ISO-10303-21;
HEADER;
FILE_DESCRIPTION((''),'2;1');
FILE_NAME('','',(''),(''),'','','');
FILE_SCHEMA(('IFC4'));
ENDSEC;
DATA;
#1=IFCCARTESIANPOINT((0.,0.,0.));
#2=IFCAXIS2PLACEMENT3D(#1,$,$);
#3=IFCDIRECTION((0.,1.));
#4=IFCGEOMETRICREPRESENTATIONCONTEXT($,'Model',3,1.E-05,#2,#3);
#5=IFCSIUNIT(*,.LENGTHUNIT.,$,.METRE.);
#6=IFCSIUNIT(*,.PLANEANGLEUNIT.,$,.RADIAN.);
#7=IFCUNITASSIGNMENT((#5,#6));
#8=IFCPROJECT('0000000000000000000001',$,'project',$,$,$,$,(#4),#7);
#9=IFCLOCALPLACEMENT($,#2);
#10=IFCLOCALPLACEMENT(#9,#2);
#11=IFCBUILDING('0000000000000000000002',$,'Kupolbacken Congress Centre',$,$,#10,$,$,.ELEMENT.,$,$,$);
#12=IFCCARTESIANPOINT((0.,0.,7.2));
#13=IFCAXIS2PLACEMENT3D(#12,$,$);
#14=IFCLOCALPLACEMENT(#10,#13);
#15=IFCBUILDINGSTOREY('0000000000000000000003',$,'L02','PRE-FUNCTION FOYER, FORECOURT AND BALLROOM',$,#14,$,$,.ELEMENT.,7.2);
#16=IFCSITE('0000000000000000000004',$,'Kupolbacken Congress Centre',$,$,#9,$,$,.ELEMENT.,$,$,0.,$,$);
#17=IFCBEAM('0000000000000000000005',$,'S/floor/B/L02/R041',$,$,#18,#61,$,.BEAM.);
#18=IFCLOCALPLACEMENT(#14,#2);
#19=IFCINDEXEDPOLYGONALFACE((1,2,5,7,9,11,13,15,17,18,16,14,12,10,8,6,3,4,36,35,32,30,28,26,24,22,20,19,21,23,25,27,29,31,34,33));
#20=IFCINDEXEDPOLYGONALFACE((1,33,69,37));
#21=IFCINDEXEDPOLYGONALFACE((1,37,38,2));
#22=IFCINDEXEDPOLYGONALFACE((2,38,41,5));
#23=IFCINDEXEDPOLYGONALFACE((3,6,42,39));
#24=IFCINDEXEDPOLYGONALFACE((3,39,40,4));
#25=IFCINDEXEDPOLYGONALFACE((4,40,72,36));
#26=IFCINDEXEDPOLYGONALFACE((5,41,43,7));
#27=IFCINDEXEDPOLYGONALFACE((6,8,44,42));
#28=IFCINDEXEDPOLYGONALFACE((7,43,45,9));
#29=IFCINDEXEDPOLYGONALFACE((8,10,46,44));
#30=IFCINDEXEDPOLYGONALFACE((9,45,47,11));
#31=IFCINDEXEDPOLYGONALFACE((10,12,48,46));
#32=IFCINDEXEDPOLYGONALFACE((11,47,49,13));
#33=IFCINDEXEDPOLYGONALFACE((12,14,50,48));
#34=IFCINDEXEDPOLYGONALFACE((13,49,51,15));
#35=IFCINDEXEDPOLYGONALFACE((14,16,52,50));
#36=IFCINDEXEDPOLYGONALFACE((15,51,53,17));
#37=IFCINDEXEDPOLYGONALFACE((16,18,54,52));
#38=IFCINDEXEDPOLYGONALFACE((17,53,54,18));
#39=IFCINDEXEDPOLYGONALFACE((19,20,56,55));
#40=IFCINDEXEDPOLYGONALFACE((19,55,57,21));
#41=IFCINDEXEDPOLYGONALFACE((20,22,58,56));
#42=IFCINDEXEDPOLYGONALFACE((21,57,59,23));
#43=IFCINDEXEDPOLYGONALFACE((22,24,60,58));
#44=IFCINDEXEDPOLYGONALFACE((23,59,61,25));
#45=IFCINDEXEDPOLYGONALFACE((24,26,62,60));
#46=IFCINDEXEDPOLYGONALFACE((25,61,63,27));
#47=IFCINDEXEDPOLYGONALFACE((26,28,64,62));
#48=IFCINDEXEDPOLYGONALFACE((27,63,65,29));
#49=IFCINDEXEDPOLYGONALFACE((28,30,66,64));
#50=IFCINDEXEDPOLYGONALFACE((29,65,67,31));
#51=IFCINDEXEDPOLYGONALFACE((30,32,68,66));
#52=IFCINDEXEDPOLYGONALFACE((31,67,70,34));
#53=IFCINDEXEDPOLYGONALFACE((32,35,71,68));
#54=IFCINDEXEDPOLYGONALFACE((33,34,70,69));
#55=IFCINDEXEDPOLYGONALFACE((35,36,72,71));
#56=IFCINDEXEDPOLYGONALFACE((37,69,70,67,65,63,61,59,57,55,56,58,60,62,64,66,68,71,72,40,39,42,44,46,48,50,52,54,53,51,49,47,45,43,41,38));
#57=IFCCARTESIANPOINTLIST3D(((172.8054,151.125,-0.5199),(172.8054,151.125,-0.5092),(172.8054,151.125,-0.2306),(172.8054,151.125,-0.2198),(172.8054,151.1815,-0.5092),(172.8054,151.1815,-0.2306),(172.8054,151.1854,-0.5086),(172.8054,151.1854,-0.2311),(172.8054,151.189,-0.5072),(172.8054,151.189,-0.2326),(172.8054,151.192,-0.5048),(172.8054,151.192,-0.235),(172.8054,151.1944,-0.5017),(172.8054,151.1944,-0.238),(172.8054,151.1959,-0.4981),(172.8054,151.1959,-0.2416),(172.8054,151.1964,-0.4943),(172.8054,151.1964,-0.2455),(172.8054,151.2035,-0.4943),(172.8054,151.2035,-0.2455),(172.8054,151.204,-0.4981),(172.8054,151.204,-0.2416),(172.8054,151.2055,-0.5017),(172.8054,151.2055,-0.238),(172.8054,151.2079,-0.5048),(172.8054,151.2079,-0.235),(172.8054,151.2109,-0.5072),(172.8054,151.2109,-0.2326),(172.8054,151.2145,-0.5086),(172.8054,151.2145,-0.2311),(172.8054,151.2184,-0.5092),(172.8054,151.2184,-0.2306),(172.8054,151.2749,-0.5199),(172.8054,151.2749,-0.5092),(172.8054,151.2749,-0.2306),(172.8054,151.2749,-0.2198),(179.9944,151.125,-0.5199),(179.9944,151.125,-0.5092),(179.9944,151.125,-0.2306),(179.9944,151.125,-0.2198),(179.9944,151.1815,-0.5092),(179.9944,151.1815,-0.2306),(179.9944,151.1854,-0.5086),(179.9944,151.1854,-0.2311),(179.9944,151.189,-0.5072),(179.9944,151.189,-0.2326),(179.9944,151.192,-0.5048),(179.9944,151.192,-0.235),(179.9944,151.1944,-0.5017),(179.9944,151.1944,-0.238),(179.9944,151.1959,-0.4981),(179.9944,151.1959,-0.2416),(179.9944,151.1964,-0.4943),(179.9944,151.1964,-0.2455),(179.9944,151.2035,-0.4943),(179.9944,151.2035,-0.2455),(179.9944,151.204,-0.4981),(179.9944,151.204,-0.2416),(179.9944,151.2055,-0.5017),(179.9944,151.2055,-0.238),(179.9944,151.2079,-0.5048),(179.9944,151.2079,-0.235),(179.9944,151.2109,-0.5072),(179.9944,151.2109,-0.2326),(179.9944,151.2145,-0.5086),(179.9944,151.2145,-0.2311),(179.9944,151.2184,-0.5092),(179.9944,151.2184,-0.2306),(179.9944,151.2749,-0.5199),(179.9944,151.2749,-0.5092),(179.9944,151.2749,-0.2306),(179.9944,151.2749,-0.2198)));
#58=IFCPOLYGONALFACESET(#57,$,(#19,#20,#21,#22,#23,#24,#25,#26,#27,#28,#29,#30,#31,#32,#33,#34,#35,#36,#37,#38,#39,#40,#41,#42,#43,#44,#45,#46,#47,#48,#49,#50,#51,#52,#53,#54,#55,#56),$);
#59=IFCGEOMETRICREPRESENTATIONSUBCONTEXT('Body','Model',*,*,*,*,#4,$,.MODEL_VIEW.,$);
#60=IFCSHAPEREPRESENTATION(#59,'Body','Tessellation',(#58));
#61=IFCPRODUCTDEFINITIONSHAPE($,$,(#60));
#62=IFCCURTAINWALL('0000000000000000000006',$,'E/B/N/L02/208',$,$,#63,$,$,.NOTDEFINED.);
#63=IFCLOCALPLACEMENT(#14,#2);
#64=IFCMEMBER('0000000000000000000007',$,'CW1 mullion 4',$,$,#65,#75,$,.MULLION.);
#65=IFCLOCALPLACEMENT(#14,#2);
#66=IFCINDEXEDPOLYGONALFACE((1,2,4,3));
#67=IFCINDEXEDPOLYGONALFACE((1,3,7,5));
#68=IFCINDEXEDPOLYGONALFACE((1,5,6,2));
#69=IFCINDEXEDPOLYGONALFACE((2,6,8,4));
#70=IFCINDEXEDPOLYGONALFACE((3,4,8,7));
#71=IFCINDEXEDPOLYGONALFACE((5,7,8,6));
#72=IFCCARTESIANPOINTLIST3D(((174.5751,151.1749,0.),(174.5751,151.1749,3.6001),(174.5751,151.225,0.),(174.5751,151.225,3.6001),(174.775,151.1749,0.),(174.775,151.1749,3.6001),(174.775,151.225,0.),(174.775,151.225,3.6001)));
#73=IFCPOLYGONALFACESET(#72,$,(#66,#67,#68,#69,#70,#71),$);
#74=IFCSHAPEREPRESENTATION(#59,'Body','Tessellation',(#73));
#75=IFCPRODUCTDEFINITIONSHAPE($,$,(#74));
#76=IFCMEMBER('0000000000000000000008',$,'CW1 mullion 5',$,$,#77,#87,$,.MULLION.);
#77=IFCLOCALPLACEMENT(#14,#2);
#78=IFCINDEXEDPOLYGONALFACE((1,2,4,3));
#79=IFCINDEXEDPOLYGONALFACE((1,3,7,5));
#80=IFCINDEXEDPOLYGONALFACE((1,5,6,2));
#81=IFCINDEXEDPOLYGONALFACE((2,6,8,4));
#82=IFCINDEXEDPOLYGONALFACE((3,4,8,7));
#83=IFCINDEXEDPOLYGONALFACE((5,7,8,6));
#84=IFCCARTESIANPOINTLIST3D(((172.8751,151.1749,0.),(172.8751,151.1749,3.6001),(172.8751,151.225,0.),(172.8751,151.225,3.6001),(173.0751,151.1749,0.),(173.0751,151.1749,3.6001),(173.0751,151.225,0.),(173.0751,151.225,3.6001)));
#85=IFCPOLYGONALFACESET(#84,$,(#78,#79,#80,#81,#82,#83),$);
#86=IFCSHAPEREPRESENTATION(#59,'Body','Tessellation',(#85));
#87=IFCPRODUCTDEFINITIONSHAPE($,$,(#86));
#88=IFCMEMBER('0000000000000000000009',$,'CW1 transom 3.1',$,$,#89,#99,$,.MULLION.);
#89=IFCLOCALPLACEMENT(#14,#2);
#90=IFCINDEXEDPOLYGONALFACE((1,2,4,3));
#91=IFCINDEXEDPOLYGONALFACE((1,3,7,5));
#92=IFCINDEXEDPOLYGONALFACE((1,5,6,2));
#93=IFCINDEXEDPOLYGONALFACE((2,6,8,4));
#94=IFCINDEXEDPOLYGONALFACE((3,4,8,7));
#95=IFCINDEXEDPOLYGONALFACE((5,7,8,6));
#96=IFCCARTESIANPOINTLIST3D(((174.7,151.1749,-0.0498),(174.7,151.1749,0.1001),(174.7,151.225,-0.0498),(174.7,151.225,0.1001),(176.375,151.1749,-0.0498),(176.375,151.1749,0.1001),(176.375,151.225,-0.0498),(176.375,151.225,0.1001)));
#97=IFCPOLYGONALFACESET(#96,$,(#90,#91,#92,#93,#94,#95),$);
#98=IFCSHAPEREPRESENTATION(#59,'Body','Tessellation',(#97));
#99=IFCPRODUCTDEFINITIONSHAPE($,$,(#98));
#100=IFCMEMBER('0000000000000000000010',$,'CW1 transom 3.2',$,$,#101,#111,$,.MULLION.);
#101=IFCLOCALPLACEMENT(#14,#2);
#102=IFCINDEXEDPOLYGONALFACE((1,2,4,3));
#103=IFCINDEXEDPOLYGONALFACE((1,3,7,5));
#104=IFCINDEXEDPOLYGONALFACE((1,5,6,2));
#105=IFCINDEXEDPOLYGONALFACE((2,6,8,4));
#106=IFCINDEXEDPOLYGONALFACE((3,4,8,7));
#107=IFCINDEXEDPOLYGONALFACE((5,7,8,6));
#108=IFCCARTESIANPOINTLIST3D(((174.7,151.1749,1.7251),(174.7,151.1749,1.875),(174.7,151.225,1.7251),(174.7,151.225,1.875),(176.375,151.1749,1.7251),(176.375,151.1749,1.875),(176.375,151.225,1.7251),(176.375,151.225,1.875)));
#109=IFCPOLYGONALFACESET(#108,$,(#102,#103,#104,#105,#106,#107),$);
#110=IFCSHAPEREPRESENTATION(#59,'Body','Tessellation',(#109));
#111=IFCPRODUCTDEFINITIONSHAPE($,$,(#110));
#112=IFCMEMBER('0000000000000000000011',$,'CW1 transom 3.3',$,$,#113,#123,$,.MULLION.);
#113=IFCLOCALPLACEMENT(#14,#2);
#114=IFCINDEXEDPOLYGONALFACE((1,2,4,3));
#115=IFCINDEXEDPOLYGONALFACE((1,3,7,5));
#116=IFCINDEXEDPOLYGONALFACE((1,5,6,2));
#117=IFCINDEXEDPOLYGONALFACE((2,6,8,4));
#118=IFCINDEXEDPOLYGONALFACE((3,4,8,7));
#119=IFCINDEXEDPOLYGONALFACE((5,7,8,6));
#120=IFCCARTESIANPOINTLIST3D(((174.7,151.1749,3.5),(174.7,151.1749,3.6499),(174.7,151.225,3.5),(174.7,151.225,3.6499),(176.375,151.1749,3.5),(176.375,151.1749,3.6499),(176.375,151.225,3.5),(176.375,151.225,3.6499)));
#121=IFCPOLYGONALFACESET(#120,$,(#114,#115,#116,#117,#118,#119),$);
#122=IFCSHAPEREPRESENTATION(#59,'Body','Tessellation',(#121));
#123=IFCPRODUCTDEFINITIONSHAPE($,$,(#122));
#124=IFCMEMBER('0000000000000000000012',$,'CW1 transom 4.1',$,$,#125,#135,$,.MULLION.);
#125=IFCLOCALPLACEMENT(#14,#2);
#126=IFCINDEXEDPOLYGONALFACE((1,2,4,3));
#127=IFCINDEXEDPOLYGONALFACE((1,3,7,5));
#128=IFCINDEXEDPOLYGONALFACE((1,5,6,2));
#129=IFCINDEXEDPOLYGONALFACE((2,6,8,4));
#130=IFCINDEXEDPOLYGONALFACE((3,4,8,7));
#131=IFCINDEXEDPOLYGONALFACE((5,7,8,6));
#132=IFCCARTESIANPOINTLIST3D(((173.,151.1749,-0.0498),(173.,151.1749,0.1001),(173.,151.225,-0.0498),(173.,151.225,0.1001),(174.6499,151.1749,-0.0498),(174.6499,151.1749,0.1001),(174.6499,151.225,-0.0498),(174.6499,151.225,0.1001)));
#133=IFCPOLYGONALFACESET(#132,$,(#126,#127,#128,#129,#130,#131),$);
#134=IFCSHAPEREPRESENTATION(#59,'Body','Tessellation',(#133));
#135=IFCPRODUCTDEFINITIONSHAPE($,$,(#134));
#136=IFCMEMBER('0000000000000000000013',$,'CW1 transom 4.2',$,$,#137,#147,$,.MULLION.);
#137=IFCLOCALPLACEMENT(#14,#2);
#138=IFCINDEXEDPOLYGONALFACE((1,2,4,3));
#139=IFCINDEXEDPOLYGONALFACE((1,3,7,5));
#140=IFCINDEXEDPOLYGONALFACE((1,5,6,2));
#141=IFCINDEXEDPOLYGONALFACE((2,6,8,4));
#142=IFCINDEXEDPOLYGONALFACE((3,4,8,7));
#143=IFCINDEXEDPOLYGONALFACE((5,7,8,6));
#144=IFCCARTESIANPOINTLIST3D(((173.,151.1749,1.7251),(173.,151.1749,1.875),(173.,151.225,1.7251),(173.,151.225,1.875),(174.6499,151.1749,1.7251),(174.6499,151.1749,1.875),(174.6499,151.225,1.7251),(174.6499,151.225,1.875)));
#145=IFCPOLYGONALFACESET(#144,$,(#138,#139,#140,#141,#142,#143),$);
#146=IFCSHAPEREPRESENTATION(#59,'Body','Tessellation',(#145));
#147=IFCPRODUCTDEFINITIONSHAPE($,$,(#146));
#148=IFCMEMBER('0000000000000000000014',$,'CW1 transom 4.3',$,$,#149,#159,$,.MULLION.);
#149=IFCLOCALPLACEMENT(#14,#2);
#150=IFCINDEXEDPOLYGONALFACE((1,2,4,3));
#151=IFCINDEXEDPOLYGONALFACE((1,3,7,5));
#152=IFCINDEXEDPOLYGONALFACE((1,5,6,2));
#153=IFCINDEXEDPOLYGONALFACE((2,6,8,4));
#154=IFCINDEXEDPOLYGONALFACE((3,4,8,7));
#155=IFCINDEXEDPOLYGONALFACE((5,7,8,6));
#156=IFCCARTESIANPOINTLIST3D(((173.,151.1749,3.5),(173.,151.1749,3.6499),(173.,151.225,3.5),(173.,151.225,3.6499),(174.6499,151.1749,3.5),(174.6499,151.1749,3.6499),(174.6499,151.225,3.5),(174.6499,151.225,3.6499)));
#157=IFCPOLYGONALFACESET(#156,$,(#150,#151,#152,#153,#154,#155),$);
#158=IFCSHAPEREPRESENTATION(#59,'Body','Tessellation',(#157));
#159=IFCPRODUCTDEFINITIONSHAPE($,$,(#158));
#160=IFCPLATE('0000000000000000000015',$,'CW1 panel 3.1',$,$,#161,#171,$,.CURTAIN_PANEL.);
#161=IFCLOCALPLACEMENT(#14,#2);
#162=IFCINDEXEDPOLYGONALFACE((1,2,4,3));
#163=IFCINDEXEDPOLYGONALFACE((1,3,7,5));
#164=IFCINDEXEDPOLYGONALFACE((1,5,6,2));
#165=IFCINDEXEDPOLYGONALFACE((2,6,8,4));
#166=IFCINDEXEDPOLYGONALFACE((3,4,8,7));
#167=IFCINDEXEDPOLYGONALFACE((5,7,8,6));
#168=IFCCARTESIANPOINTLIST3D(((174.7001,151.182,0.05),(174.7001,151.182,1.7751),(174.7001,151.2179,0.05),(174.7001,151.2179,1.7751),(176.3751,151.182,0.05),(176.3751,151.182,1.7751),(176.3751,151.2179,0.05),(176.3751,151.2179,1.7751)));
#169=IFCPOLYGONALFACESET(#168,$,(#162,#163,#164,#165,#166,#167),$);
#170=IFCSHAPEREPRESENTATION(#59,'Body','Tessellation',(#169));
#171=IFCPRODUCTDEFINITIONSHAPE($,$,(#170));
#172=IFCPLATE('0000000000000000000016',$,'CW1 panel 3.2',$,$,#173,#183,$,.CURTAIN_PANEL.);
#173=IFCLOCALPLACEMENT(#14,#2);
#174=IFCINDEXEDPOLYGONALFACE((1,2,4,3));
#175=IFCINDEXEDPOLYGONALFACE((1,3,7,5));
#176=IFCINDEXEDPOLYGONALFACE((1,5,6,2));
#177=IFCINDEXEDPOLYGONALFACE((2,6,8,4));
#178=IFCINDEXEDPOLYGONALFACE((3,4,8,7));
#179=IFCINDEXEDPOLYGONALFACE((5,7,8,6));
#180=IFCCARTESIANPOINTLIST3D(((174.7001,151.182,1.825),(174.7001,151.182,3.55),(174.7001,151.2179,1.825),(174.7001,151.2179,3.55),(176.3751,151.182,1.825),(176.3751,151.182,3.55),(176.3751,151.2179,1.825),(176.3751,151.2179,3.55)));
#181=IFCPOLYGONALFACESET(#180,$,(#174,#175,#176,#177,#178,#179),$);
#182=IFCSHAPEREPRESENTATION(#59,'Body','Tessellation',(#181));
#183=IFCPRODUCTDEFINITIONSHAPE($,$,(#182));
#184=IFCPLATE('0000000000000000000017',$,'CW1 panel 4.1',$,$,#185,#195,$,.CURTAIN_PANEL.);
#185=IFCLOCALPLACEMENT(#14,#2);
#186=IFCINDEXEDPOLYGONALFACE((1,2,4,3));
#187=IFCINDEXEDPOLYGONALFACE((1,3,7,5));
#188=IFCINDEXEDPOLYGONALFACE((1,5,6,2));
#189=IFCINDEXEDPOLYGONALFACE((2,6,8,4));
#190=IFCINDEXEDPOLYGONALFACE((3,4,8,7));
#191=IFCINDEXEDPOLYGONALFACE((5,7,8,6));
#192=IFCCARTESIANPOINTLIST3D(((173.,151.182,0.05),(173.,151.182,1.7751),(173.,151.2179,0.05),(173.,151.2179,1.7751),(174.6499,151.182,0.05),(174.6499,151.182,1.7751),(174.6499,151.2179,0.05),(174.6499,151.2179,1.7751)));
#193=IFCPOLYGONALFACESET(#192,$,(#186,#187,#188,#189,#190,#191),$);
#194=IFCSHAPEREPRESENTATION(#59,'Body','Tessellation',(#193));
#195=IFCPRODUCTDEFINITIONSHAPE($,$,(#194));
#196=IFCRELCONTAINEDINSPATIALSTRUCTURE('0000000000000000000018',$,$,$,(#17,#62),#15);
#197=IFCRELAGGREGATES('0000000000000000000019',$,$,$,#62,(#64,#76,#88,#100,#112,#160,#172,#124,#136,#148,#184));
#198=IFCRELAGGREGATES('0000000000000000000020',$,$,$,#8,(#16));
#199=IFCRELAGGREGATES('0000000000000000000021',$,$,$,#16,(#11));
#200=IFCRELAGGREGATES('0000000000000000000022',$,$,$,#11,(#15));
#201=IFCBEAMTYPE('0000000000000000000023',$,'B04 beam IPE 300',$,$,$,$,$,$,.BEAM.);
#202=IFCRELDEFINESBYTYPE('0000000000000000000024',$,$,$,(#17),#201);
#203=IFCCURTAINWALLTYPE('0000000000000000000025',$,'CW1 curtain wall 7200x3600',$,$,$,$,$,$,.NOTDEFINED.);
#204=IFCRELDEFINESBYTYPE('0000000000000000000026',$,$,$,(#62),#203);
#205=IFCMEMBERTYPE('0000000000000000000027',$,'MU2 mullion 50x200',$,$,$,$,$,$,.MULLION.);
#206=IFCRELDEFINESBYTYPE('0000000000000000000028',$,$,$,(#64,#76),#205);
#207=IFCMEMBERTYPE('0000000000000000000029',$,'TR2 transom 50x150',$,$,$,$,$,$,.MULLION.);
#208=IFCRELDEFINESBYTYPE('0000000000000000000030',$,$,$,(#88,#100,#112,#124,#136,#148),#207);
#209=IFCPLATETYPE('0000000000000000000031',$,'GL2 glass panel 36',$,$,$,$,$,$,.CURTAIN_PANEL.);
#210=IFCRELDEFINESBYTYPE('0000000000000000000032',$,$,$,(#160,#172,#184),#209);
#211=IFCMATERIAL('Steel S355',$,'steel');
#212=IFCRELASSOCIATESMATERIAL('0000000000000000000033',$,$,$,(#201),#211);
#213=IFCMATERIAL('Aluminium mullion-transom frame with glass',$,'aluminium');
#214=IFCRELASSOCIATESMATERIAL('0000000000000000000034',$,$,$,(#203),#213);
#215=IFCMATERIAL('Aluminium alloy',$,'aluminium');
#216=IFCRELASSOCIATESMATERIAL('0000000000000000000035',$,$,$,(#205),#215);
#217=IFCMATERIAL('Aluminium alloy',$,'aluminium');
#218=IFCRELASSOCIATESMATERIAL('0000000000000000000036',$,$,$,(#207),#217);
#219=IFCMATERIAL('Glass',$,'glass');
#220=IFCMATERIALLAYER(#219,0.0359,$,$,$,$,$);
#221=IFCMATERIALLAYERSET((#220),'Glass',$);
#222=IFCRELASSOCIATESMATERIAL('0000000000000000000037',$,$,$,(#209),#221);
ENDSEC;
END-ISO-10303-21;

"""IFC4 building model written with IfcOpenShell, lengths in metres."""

from ifc_helpers import new_model, si_unit, direction, frame, origin, origin_2d, place, context, subcontext, project, spatial, rectangle, i_section, extrude, material, layer, layer_set, material_profile, profile_set, type_object, element, aggregate, save


model = new_model("IFC4")

# Units and contexts
model_context = context("Model", 3, precision=1e-05, world=origin(), true_north=direction((0.0, 1.0)))
body_context = subcontext(model_context, "Body", "Model", "MODEL_VIEW")
ifc_project = project(units=[si_unit("LENGTHUNIT", "METRE"), si_unit("PLANEANGLEUNIT", "RADIAN")], contexts=[model_context])

# Site, building, storey
site_placement = place(None, origin())
site = spatial("IfcSite", under=ifc_project, at=site_placement, Name="Kupolbacken Congress Centre", CompositionType="ELEMENT", RefElevation=0.0)
building_placement = place(site_placement, origin())
building = spatial("IfcBuilding", under=site, at=building_placement, Name="Kupolbacken Congress Centre", CompositionType="ELEMENT")
storey_placement = place(building_placement, frame((0.0, 0.0, 7.2)))
storey = spatial("IfcBuildingStorey", under=building, at=storey_placement, Name="L02", Description="PRE-FUNCTION FOYER, FORECOURT AND BALLROOM", CompositionType="ELEMENT", Elevation=7.2)

# Beam
ifc_material_1 = material(Name="Steel S355", Category="steel")
ifc_material_profile_1 = material_profile(ifc_material_1, i_section(OverallWidth=0.1499, OverallDepth=0.3, WebThickness=0.0071, FlangeThickness=0.0107, FilletRadius=0.0149, at=origin_2d()), Name="IPE 300")
ifc_profile_set_1 = profile_set([ifc_material_profile_1], Name="Steel S355")
beam_type = type_object("IfcBeamType", Name="B04 beam IPE 300", PredefinedType="BEAM", material=ifc_profile_set_1)
beam_placement = place(storey_placement, frame((172.8054, 151.2, -0.3699), z_axis=(1.0, 0.0, 0.0), x_axis=(0.0, 1.0, 0.0)))
element("IfcBeam", 1, at=beam_placement, inside=storey, type_object=beam_type, Name="S/floor/B/L02/R041", PredefinedType="BEAM", context=body_context, shape_type="SweptSolid", body=[
    extrude(i_section(OverallWidth=0.1499, OverallDepth=0.3, WebThickness=0.0071, FlangeThickness=0.0107, FilletRadius=0.0149, at=origin_2d()), origin(), (0.0, 0.0, 1.0), 7.189),
])

# Curtain wall, members, plates
ifc_material_2 = material(Name="Aluminium mullion-transom frame with glass", Category="aluminium")
curtain_wall_type = type_object("IfcCurtainWallType", Name="CW1 curtain wall 7200x3600", PredefinedType="NOTDEFINED", material=ifc_material_2)
curtain_wall_placement = place(storey_placement, origin())
curtain_wall = element("IfcCurtainWall", 2, at=curtain_wall_placement, inside=storey, type_object=curtain_wall_type, Name="E/B/N/L02/208", PredefinedType="NOTDEFINED")
ifc_material_3 = material(Name="Aluminium alloy", Category="aluminium")
ifc_material_profile_2 = material_profile(ifc_material_3, rectangle(XDim=0.05, YDim=0.2, at=origin_2d()), Name="50 x 200")
ifc_profile_set_2 = profile_set([ifc_material_profile_2], Name="Aluminium alloy")
member_type_1 = type_object("IfcMemberType", Name="MU2 mullion 50x200", PredefinedType="MULLION", material=ifc_profile_set_2)
member_1_placement = place(storey_placement, frame((174.675, 151.2, 0.0), z_axis=(0.0, 0.0, 1.0), x_axis=(0.0, -1.0, 0.0)))
member_1 = element("IfcMember", 3, at=member_1_placement, type_object=member_type_1, Name="CW1 mullion 4", PredefinedType="MULLION", context=body_context, shape_type="SweptSolid", body=[
    extrude(rectangle(XDim=0.05, YDim=0.2, at=origin_2d()), origin(), (0.0, 0.0, 1.0), 3.6001),
])
member_2_placement = place(storey_placement, frame((172.9751, 151.2, 0.0), z_axis=(0.0, 0.0, 1.0), x_axis=(0.0, -1.0, 0.0)))
member_2 = element("IfcMember", 4, at=member_2_placement, type_object=member_type_1, Name="CW1 mullion 5", PredefinedType="MULLION", context=body_context, shape_type="SweptSolid", body=[
    extrude(rectangle(XDim=0.05, YDim=0.2, at=origin_2d()), origin(), (0.0, 0.0, 1.0), 3.6001),
])
ifc_material_4 = material(Name="Aluminium alloy", Category="aluminium")
ifc_material_profile_3 = material_profile(ifc_material_4, rectangle(XDim=0.05, YDim=0.1499, at=origin_2d()), Name="50 x 150")
ifc_profile_set_3 = profile_set([ifc_material_profile_3], Name="Aluminium alloy")
member_type_2 = type_object("IfcMemberType", Name="TR2 transom 50x150", PredefinedType="MULLION", material=ifc_profile_set_3)
member_3_placement = place(storey_placement, frame((176.375, 151.2, 0.0251), z_axis=(-1.0, 0.0, 0.0), x_axis=(0.0, -1.0, 0.0)))
member_3 = element("IfcMember", 5, at=member_3_placement, type_object=member_type_2, Name="CW1 transom 3.1", PredefinedType="MULLION", context=body_context, shape_type="SweptSolid", body=[
    extrude(rectangle(XDim=0.05, YDim=0.1499, at=origin_2d()), origin(), (0.0, 0.0, 1.0), 1.675),
])
member_4_placement = place(storey_placement, frame((176.375, 151.2, 1.8), z_axis=(-1.0, 0.0, 0.0), x_axis=(0.0, -1.0, 0.0)))
member_4 = element("IfcMember", 6, at=member_4_placement, type_object=member_type_2, Name="CW1 transom 3.2", PredefinedType="MULLION", context=body_context, shape_type="SweptSolid", body=[
    extrude(rectangle(XDim=0.05, YDim=0.1499, at=origin_2d()), origin(), (0.0, 0.0, 1.0), 1.675),
])
member_5_placement = place(storey_placement, frame((176.375, 151.2, 3.575), z_axis=(-1.0, 0.0, 0.0), x_axis=(0.0, -1.0, 0.0)))
member_5 = element("IfcMember", 7, at=member_5_placement, type_object=member_type_2, Name="CW1 transom 3.3", PredefinedType="MULLION", context=body_context, shape_type="SweptSolid", body=[
    extrude(rectangle(XDim=0.05, YDim=0.1499, at=origin_2d()), origin(), (0.0, 0.0, 1.0), 1.675),
])
member_6_placement = place(storey_placement, frame((174.6499, 151.2, 0.0251), z_axis=(-1.0, 0.0, 0.0), x_axis=(0.0, -1.0, 0.0)))
member_6 = element("IfcMember", 8, at=member_6_placement, type_object=member_type_2, Name="CW1 transom 4.1", PredefinedType="MULLION", context=body_context, shape_type="SweptSolid", body=[
    extrude(rectangle(XDim=0.05, YDim=0.1499, at=origin_2d()), origin(), (0.0, 0.0, 1.0), 1.6499),
])
member_7_placement = place(storey_placement, frame((174.6499, 151.2, 1.8), z_axis=(-1.0, 0.0, 0.0), x_axis=(0.0, -1.0, 0.0)))
member_7 = element("IfcMember", 9, at=member_7_placement, type_object=member_type_2, Name="CW1 transom 4.2", PredefinedType="MULLION", context=body_context, shape_type="SweptSolid", body=[
    extrude(rectangle(XDim=0.05, YDim=0.1499, at=origin_2d()), origin(), (0.0, 0.0, 1.0), 1.6499),
])
member_8_placement = place(storey_placement, frame((174.6499, 151.2, 3.575), z_axis=(-1.0, 0.0, 0.0), x_axis=(0.0, -1.0, 0.0)))
member_8 = element("IfcMember", 10, at=member_8_placement, type_object=member_type_2, Name="CW1 transom 4.3", PredefinedType="MULLION", context=body_context, shape_type="SweptSolid", body=[
    extrude(rectangle(XDim=0.05, YDim=0.1499, at=origin_2d()), origin(), (0.0, 0.0, 1.0), 1.6499),
])
ifc_material_5 = material(Name="Glass", Category="glass")
ifc_layer_1 = layer(ifc_material_5, 0.0359)
ifc_layer_set_1 = layer_set([ifc_layer_1], Name="Glass")
plate_type = type_object("IfcPlateType", Name="GL2 glass panel 36", PredefinedType="CURTAIN_PANEL", material=ifc_layer_set_1)
plate_1_placement = place(storey_placement, frame((175.5376, 151.2, 0.05), z_axis=(0.0, 0.0, 1.0), x_axis=(-1.0, 0.0, 0.0)))
plate_1 = element("IfcPlate", 11, at=plate_1_placement, type_object=plate_type, Name="CW1 panel 3.1", PredefinedType="CURTAIN_PANEL", context=body_context, shape_type="SweptSolid", body=[
    extrude(rectangle(XDim=1.675, YDim=0.0359, at=origin_2d()), origin(), (0.0, 0.0, 1.0), 1.7251),
])
plate_2_placement = place(storey_placement, frame((175.5376, 151.2, 1.825), z_axis=(0.0, 0.0, 1.0), x_axis=(-1.0, 0.0, 0.0)))
plate_2 = element("IfcPlate", 12, at=plate_2_placement, type_object=plate_type, Name="CW1 panel 3.2", PredefinedType="CURTAIN_PANEL", context=body_context, shape_type="SweptSolid", body=[
    extrude(rectangle(XDim=1.675, YDim=0.0359, at=origin_2d()), origin(), (0.0, 0.0, 1.0), 1.7251),
])
plate_3_placement = place(storey_placement, frame((173.825, 151.2, 0.05), z_axis=(0.0, 0.0, 1.0), x_axis=(-1.0, 0.0, 0.0)))
plate_3 = element("IfcPlate", 13, at=plate_3_placement, type_object=plate_type, Name="CW1 panel 4.1", PredefinedType="CURTAIN_PANEL", context=body_context, shape_type="SweptSolid", body=[
    extrude(rectangle(XDim=1.6499, YDim=0.0359, at=origin_2d()), origin(), (0.0, 0.0, 1.0), 1.7251),
])
aggregate(curtain_wall, [member_1, member_2, member_3, member_4, member_5, plate_1, plate_2, member_6, member_7, member_8, plate_3])

save(model, "model.ifc")
